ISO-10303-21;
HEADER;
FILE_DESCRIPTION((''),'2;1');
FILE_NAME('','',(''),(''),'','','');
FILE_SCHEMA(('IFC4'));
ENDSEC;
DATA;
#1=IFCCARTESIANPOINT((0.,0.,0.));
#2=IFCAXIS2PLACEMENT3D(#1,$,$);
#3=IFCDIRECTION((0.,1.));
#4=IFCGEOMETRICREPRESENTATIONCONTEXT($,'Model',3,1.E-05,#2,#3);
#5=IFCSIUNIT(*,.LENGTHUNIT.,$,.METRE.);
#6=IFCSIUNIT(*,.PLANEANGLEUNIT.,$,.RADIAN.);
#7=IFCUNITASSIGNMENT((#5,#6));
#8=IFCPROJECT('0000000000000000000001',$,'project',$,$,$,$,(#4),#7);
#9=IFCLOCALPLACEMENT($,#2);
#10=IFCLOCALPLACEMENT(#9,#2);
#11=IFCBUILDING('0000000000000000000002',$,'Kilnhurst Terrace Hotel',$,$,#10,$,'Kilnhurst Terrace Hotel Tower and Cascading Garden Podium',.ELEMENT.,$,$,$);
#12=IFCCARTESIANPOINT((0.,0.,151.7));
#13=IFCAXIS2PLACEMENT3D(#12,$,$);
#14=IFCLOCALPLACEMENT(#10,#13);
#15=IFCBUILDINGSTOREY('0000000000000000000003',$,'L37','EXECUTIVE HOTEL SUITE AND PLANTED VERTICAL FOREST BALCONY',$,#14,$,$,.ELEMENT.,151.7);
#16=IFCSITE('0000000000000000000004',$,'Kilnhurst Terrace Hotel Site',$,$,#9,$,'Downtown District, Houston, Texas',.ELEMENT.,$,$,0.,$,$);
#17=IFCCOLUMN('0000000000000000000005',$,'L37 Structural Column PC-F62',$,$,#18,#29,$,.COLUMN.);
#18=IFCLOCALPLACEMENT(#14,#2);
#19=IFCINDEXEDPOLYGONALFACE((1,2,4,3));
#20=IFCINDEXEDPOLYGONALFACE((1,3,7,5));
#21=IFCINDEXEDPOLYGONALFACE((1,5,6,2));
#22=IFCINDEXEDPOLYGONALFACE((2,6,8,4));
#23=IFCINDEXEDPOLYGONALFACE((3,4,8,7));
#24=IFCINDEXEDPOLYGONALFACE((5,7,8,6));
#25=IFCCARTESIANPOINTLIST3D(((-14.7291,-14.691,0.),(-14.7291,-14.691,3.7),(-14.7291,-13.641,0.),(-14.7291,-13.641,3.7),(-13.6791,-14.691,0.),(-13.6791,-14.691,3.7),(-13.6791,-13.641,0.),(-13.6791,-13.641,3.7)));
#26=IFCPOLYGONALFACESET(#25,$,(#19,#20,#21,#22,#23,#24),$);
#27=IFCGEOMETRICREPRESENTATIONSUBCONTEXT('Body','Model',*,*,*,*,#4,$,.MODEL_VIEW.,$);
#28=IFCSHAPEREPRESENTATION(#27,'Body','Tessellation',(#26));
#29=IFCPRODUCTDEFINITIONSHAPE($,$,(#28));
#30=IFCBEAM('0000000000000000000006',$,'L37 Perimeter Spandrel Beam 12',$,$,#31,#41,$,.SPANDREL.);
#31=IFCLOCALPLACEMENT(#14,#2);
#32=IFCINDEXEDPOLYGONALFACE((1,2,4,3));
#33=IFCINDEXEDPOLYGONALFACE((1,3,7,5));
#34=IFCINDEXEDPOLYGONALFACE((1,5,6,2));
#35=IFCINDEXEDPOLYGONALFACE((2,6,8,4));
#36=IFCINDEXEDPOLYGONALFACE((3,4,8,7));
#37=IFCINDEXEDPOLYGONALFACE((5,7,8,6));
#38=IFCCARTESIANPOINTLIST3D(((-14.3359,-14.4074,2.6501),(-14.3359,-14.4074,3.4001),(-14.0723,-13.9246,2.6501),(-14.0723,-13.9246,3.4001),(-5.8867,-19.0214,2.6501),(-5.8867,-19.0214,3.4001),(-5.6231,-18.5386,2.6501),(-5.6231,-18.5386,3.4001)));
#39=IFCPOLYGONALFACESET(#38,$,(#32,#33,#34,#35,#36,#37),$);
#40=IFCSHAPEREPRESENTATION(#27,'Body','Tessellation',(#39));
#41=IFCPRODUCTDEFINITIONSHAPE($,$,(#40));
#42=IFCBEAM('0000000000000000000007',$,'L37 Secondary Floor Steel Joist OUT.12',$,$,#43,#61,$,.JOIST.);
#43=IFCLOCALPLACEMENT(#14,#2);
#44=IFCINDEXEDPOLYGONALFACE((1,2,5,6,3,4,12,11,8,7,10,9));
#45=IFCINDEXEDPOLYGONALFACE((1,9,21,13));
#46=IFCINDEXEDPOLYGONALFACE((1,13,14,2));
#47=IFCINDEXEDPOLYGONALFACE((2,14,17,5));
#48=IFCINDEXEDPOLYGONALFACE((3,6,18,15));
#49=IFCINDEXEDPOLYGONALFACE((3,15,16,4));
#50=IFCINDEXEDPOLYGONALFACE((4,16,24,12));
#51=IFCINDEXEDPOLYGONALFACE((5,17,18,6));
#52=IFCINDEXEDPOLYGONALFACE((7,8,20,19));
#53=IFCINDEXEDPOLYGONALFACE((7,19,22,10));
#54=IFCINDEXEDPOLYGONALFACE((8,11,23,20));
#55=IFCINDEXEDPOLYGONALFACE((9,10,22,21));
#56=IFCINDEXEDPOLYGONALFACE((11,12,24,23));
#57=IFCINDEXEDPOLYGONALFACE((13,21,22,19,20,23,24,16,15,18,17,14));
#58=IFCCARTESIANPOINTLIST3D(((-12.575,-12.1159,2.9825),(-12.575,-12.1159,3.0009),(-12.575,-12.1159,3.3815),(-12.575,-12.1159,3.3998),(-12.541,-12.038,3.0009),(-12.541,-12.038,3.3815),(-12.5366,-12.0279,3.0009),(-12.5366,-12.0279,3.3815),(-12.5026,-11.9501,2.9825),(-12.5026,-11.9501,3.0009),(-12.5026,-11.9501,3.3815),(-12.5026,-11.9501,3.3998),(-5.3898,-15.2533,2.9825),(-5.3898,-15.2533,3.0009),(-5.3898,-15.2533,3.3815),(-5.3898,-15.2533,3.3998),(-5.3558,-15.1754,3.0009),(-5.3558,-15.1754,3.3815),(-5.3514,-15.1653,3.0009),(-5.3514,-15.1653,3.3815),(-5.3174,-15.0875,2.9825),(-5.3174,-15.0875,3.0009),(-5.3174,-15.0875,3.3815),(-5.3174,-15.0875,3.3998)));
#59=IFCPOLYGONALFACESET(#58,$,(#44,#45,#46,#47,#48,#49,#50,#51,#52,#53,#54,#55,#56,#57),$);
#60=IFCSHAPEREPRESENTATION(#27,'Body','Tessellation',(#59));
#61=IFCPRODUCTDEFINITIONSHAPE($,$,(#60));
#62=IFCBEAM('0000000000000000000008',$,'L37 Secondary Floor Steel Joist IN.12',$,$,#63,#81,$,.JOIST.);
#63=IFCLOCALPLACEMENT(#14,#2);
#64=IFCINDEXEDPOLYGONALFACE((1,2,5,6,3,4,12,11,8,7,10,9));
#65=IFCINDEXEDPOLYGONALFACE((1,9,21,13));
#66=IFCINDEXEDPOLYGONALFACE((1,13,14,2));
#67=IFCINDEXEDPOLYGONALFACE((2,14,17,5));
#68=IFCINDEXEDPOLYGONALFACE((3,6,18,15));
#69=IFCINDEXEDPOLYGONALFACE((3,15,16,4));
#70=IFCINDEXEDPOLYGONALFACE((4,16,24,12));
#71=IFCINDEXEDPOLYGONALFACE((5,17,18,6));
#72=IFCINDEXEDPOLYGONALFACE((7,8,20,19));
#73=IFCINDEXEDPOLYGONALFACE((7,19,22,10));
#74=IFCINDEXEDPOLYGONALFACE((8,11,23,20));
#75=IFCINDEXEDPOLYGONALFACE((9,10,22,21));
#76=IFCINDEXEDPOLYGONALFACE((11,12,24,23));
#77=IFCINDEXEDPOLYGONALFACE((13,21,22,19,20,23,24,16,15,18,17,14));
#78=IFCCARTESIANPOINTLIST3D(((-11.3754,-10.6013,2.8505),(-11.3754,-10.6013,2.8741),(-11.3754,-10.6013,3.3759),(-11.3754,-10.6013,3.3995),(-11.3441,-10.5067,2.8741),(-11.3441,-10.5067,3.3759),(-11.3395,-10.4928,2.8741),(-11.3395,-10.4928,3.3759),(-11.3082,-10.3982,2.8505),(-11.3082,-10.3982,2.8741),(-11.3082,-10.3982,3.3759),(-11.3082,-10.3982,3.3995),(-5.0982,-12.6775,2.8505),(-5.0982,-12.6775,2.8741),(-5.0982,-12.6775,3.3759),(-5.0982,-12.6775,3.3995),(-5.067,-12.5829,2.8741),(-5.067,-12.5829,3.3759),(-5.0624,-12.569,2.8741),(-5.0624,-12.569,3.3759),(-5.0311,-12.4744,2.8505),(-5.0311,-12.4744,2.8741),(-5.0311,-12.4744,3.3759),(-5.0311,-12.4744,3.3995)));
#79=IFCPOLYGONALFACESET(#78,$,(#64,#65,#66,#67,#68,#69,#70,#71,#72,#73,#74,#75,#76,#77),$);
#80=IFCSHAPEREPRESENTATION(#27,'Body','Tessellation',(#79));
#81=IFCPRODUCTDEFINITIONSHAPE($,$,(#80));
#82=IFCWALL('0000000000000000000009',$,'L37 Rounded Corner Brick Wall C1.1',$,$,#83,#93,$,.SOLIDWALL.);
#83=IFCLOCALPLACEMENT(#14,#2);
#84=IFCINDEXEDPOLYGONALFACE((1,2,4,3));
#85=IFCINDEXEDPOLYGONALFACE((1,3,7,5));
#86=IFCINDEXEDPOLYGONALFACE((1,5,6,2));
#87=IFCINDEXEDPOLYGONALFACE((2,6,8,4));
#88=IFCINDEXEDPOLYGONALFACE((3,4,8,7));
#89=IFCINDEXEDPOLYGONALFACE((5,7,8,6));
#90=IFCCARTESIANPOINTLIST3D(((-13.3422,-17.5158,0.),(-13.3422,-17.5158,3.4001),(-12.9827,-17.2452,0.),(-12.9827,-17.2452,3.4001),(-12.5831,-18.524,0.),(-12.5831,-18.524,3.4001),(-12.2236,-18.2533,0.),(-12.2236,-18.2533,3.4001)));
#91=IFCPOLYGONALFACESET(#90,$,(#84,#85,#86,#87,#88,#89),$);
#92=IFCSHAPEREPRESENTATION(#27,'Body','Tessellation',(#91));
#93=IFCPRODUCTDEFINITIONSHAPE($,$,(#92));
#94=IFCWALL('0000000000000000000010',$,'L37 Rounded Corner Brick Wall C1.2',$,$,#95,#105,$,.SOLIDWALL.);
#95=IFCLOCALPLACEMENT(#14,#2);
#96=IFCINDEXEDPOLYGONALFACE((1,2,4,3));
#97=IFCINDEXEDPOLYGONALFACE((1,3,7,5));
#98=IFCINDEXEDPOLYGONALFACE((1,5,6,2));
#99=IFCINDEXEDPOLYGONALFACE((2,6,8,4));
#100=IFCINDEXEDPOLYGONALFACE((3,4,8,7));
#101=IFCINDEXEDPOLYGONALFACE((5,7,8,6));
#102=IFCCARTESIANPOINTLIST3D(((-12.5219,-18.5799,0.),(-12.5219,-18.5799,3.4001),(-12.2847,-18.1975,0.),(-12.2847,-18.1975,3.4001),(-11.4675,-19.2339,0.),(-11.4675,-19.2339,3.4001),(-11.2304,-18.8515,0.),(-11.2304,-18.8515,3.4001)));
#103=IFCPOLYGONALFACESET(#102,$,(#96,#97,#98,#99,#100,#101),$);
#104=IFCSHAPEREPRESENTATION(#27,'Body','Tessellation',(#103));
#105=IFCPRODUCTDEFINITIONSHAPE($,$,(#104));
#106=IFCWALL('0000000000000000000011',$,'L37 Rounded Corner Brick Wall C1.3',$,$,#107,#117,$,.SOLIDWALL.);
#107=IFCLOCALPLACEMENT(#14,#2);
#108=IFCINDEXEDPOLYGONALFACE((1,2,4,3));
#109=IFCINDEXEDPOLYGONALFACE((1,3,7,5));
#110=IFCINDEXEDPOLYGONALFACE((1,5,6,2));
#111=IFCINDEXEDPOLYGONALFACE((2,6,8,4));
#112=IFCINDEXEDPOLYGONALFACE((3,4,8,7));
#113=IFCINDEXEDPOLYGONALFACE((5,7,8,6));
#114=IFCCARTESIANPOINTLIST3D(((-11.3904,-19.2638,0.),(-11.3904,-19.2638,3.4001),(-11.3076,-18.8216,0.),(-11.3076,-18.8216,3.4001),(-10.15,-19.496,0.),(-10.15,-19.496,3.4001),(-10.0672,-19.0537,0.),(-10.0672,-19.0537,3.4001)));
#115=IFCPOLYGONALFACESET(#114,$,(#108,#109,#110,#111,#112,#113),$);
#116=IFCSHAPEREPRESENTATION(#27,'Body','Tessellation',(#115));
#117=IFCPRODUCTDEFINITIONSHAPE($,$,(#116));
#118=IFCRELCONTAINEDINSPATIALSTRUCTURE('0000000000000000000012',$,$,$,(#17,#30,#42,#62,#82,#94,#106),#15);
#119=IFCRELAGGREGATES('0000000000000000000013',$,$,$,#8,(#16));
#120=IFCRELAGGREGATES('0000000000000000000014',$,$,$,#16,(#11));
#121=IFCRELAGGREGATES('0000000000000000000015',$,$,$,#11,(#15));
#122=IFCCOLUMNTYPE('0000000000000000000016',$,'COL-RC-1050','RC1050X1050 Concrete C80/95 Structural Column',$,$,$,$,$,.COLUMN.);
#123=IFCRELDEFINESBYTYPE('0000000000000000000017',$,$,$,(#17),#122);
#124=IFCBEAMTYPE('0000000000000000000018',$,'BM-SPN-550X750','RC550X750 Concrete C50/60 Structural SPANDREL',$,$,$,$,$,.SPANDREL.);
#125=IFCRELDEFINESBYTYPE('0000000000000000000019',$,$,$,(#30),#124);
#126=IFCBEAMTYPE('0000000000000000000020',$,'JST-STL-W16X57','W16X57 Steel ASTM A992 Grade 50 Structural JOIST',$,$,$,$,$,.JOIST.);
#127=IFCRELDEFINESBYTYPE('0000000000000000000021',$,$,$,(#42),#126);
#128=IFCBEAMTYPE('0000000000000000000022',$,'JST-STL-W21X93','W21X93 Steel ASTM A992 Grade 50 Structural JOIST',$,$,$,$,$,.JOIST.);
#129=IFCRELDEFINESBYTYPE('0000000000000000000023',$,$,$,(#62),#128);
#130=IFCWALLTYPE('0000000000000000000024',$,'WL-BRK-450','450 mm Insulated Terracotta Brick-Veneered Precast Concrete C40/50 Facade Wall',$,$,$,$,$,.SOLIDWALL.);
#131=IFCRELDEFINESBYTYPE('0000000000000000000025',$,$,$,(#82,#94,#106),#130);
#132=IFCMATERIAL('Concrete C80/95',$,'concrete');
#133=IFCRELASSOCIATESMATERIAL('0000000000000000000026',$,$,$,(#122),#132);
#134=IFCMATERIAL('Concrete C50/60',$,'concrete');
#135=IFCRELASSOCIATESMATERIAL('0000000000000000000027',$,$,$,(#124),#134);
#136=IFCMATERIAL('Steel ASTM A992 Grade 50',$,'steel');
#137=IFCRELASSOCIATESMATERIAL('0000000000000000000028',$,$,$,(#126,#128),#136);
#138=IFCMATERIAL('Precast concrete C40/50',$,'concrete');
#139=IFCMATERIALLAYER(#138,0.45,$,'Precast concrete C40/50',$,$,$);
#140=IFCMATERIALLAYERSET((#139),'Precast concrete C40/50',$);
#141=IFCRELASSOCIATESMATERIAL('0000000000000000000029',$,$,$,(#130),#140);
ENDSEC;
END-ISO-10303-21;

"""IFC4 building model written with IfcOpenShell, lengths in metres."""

from ifc_helpers import new_model, si_unit, direction, frame, frame_2d, origin, origin_2d, place, context, subcontext, project, spatial, rectangle, i_section, extrude, material, layer, layer_set, material_profile, profile_set, type_object, element, save


model = new_model("IFC4")

# Units and contexts
model_context = context("Model", 3, precision=1e-05, world=origin(), true_north=direction((0.0, 1.0)))
body_context = subcontext(model_context, "Body", "Model", "MODEL_VIEW")
ifc_project = project(units=[si_unit("LENGTHUNIT", "METRE"), si_unit("PLANEANGLEUNIT", "RADIAN")], contexts=[model_context])

# Site, building, storey
site_placement = place(None, origin())
site = spatial("IfcSite", under=ifc_project, at=site_placement, Name="Kilnhurst Terrace Hotel Site", LongName="Downtown District, Houston, Texas", CompositionType="ELEMENT", RefElevation=0.0)
building_placement = place(site_placement, origin())
building = spatial("IfcBuilding", under=site, at=building_placement, Name="Kilnhurst Terrace Hotel", LongName="Kilnhurst Terrace Hotel Tower and Cascading Garden Podium", CompositionType="ELEMENT")
storey_placement = place(building_placement, frame((0.0, 0.0, 151.7)))
storey = spatial("IfcBuildingStorey", under=building, at=storey_placement, Name="L37", Description="EXECUTIVE HOTEL SUITE AND PLANTED VERTICAL FOREST BALCONY", CompositionType="ELEMENT", Elevation=151.7)

# Column
ifc_material_1 = material(Name="Concrete C80/95", Category="concrete")
ifc_material_profile_1 = material_profile(ifc_material_1, rectangle(XDim=1.05, YDim=1.05, at=origin_2d()), Name="RC1050X1050")
ifc_profile_set_1 = profile_set([ifc_material_profile_1], Name="Concrete C80/95")
column_type = type_object("IfcColumnType", Name="COL-RC-1050", Description="RC1050X1050 Concrete C80/95 Structural Column", PredefinedType="COLUMN", material=ifc_profile_set_1)
column_placement = place(storey_placement, frame((-14.2041, -14.166, 0.0), z_axis=(0.0, 0.0, 1.0), x_axis=(1.0, 0.0, 0.0)))
element("IfcColumn", 1, at=column_placement, inside=storey, type_object=column_type, Name="L37 Structural Column PC-F62", PredefinedType="COLUMN", context=body_context, shape_type="SweptSolid", body=[
    extrude(rectangle(XDim=1.05, YDim=1.05, at=origin_2d()), origin(), (0.0, 0.0, 1.0), 3.7),
])

# Beams
ifc_material_2 = material(Name="Concrete C50/60", Category="concrete")
ifc_material_profile_2 = material_profile(ifc_material_2, rectangle(XDim=0.55, YDim=0.75, at=origin_2d()), Name="RC550X750")
ifc_profile_set_2 = profile_set([ifc_material_profile_2], Name="Concrete C50/60")
beam_type_1 = type_object("IfcBeamType", Name="BM-SPN-550X750", Description="RC550X750 Concrete C50/60 Structural SPANDREL", PredefinedType="SPANDREL", material=ifc_profile_set_2)
beam_1_placement = place(storey_placement, frame((-14.2041, -14.166, 3.0251), z_axis=(0.877662, -0.47928, 0.0), x_axis=(0.47928, 0.877662, 0.0)))
element("IfcBeam", 2, at=beam_1_placement, inside=storey, type_object=beam_type_1, Name="L37 Perimeter Spandrel Beam 12", PredefinedType="SPANDREL", context=body_context, shape_type="SweptSolid", body=[
    extrude(rectangle(XDim=0.55, YDim=0.75, at=origin_2d()), origin(), (0.0, 0.0, 1.0), 9.627),
])
ifc_material_3 = material(Name="Steel ASTM A992 Grade 50", Category="steel")
ifc_material_profile_3 = material_profile(ifc_material_3, i_section(OverallWidth=0.1809, OverallDepth=0.4172, WebThickness=0.011, FlangeThickness=0.0183, at=origin_2d()), Name="W16X57")
ifc_profile_set_3 = profile_set([ifc_material_profile_3], Name="Steel ASTM A992 Grade 50")
beam_type_2 = type_object("IfcBeamType", Name="JST-STL-W16X57", Description="W16X57 Steel ASTM A992 Grade 50 Structural JOIST", PredefinedType="JOIST", material=ifc_profile_set_3)
beam_2_placement = place(storey_placement, frame((-12.5388, -12.033, 3.1912), z_axis=(0.916444, -0.400164, 0.0), x_axis=(0.400164, 0.916444, 0.0)))
element("IfcBeam", 3, at=beam_2_placement, inside=storey, type_object=beam_type_2, Name="L37 Secondary Floor Steel Joist OUT.12", PredefinedType="JOIST", context=body_context, shape_type="SweptSolid", body=[
    extrude(i_section(OverallWidth=0.1809, OverallDepth=0.4172, WebThickness=0.011, FlangeThickness=0.0183, at=origin_2d()), origin(), (0.0, 0.0, 1.0), 7.8403),
])
ifc_material_profile_4 = material_profile(ifc_material_3, i_section(OverallWidth=0.2139, OverallDepth=0.5491, WebThickness=0.0146, FlangeThickness=0.0237, at=origin_2d()), Name="W21X93")
ifc_profile_set_4 = profile_set([ifc_material_profile_4], Name="Steel ASTM A992 Grade 50")
beam_type_3 = type_object("IfcBeamType", Name="JST-STL-W21X93", Description="W21X93 Steel ASTM A992 Grade 50 Structural JOIST", PredefinedType="JOIST", material=ifc_profile_set_4)
beam_3_placement = place(storey_placement, frame((-11.3418, -10.4998, 3.125), z_axis=(0.949416, -0.314022, 0.0), x_axis=(0.314022, 0.949416, 0.0)))
element("IfcBeam", 4, at=beam_3_placement, inside=storey, type_object=beam_type_3, Name="L37 Secondary Floor Steel Joist IN.12", PredefinedType="JOIST", context=body_context, shape_type="SweptSolid", body=[
    extrude(i_section(OverallWidth=0.2139, OverallDepth=0.5491, WebThickness=0.0146, FlangeThickness=0.0237, at=origin_2d()), origin(), (0.0, 0.0, 1.0), 6.6116),
])

# Walls
ifc_material_4 = material(Name="Precast concrete C40/50", Category="concrete")
ifc_layer_1 = layer(ifc_material_4, 0.45, Name="Precast concrete C40/50")
ifc_layer_set_1 = layer_set([ifc_layer_1], Name="Precast concrete C40/50")
wall_type_1 = type_object("IfcWallType", Name="WL-BRK-450", Description="450 mm Insulated Terracotta Brick-Veneered Precast Concrete C40/50 Facade Wall", PredefinedType="SOLIDWALL", material=ifc_layer_set_1)
wall_1_placement = place(storey_placement, frame((-13.1624, -17.3806, 0.0), z_axis=(0.0, 0.0, 1.0), x_axis=(0.601516, -0.798861, 0.0)))
element("IfcWall", 5, at=wall_1_placement, inside=storey, type_object=wall_type_1, Name="L37 Rounded Corner Brick Wall C1.1", PredefinedType="SOLIDWALL", context=body_context, shape_type="SweptSolid", body=[
    extrude(rectangle(XDim=1.262, YDim=0.45, at=frame_2d((0.6309, 0.0))), origin(), (0.0, 0.0, 1.0), 3.4001),
])
wall_2_placement = place(storey_placement, frame((-12.4033, -18.3887, 0.0), z_axis=(0.0, 0.0, 1.0), x_axis=(0.849795, -0.527113, 0.0)))
element("IfcWall", 6, at=wall_2_placement, inside=storey, type_object=wall_type_1, Name="L37 Rounded Corner Brick Wall C1.2", PredefinedType="SOLIDWALL", context=body_context, shape_type="SweptSolid", body=[
    extrude(rectangle(XDim=1.2407, YDim=0.45, at=frame_2d((0.6204, 0.0))), origin(), (0.0, 0.0, 1.0), 3.4001),
])
wall_3_placement = place(storey_placement, frame((-11.3489, -19.0427, 0.0), z_axis=(0.0, 0.0, 1.0), x_axis=(0.982931, -0.183973, 0.0)))
element("IfcWall", 7, at=wall_3_placement, inside=storey, type_object=wall_type_1, Name="L37 Rounded Corner Brick Wall C1.3", PredefinedType="SOLIDWALL", context=body_context, shape_type="SweptSolid", body=[
    extrude(rectangle(XDim=1.262, YDim=0.45, at=frame_2d((0.6309, 0.0))), origin(), (0.0, 0.0, 1.0), 3.4001),
])

save(model, "model.ifc")
